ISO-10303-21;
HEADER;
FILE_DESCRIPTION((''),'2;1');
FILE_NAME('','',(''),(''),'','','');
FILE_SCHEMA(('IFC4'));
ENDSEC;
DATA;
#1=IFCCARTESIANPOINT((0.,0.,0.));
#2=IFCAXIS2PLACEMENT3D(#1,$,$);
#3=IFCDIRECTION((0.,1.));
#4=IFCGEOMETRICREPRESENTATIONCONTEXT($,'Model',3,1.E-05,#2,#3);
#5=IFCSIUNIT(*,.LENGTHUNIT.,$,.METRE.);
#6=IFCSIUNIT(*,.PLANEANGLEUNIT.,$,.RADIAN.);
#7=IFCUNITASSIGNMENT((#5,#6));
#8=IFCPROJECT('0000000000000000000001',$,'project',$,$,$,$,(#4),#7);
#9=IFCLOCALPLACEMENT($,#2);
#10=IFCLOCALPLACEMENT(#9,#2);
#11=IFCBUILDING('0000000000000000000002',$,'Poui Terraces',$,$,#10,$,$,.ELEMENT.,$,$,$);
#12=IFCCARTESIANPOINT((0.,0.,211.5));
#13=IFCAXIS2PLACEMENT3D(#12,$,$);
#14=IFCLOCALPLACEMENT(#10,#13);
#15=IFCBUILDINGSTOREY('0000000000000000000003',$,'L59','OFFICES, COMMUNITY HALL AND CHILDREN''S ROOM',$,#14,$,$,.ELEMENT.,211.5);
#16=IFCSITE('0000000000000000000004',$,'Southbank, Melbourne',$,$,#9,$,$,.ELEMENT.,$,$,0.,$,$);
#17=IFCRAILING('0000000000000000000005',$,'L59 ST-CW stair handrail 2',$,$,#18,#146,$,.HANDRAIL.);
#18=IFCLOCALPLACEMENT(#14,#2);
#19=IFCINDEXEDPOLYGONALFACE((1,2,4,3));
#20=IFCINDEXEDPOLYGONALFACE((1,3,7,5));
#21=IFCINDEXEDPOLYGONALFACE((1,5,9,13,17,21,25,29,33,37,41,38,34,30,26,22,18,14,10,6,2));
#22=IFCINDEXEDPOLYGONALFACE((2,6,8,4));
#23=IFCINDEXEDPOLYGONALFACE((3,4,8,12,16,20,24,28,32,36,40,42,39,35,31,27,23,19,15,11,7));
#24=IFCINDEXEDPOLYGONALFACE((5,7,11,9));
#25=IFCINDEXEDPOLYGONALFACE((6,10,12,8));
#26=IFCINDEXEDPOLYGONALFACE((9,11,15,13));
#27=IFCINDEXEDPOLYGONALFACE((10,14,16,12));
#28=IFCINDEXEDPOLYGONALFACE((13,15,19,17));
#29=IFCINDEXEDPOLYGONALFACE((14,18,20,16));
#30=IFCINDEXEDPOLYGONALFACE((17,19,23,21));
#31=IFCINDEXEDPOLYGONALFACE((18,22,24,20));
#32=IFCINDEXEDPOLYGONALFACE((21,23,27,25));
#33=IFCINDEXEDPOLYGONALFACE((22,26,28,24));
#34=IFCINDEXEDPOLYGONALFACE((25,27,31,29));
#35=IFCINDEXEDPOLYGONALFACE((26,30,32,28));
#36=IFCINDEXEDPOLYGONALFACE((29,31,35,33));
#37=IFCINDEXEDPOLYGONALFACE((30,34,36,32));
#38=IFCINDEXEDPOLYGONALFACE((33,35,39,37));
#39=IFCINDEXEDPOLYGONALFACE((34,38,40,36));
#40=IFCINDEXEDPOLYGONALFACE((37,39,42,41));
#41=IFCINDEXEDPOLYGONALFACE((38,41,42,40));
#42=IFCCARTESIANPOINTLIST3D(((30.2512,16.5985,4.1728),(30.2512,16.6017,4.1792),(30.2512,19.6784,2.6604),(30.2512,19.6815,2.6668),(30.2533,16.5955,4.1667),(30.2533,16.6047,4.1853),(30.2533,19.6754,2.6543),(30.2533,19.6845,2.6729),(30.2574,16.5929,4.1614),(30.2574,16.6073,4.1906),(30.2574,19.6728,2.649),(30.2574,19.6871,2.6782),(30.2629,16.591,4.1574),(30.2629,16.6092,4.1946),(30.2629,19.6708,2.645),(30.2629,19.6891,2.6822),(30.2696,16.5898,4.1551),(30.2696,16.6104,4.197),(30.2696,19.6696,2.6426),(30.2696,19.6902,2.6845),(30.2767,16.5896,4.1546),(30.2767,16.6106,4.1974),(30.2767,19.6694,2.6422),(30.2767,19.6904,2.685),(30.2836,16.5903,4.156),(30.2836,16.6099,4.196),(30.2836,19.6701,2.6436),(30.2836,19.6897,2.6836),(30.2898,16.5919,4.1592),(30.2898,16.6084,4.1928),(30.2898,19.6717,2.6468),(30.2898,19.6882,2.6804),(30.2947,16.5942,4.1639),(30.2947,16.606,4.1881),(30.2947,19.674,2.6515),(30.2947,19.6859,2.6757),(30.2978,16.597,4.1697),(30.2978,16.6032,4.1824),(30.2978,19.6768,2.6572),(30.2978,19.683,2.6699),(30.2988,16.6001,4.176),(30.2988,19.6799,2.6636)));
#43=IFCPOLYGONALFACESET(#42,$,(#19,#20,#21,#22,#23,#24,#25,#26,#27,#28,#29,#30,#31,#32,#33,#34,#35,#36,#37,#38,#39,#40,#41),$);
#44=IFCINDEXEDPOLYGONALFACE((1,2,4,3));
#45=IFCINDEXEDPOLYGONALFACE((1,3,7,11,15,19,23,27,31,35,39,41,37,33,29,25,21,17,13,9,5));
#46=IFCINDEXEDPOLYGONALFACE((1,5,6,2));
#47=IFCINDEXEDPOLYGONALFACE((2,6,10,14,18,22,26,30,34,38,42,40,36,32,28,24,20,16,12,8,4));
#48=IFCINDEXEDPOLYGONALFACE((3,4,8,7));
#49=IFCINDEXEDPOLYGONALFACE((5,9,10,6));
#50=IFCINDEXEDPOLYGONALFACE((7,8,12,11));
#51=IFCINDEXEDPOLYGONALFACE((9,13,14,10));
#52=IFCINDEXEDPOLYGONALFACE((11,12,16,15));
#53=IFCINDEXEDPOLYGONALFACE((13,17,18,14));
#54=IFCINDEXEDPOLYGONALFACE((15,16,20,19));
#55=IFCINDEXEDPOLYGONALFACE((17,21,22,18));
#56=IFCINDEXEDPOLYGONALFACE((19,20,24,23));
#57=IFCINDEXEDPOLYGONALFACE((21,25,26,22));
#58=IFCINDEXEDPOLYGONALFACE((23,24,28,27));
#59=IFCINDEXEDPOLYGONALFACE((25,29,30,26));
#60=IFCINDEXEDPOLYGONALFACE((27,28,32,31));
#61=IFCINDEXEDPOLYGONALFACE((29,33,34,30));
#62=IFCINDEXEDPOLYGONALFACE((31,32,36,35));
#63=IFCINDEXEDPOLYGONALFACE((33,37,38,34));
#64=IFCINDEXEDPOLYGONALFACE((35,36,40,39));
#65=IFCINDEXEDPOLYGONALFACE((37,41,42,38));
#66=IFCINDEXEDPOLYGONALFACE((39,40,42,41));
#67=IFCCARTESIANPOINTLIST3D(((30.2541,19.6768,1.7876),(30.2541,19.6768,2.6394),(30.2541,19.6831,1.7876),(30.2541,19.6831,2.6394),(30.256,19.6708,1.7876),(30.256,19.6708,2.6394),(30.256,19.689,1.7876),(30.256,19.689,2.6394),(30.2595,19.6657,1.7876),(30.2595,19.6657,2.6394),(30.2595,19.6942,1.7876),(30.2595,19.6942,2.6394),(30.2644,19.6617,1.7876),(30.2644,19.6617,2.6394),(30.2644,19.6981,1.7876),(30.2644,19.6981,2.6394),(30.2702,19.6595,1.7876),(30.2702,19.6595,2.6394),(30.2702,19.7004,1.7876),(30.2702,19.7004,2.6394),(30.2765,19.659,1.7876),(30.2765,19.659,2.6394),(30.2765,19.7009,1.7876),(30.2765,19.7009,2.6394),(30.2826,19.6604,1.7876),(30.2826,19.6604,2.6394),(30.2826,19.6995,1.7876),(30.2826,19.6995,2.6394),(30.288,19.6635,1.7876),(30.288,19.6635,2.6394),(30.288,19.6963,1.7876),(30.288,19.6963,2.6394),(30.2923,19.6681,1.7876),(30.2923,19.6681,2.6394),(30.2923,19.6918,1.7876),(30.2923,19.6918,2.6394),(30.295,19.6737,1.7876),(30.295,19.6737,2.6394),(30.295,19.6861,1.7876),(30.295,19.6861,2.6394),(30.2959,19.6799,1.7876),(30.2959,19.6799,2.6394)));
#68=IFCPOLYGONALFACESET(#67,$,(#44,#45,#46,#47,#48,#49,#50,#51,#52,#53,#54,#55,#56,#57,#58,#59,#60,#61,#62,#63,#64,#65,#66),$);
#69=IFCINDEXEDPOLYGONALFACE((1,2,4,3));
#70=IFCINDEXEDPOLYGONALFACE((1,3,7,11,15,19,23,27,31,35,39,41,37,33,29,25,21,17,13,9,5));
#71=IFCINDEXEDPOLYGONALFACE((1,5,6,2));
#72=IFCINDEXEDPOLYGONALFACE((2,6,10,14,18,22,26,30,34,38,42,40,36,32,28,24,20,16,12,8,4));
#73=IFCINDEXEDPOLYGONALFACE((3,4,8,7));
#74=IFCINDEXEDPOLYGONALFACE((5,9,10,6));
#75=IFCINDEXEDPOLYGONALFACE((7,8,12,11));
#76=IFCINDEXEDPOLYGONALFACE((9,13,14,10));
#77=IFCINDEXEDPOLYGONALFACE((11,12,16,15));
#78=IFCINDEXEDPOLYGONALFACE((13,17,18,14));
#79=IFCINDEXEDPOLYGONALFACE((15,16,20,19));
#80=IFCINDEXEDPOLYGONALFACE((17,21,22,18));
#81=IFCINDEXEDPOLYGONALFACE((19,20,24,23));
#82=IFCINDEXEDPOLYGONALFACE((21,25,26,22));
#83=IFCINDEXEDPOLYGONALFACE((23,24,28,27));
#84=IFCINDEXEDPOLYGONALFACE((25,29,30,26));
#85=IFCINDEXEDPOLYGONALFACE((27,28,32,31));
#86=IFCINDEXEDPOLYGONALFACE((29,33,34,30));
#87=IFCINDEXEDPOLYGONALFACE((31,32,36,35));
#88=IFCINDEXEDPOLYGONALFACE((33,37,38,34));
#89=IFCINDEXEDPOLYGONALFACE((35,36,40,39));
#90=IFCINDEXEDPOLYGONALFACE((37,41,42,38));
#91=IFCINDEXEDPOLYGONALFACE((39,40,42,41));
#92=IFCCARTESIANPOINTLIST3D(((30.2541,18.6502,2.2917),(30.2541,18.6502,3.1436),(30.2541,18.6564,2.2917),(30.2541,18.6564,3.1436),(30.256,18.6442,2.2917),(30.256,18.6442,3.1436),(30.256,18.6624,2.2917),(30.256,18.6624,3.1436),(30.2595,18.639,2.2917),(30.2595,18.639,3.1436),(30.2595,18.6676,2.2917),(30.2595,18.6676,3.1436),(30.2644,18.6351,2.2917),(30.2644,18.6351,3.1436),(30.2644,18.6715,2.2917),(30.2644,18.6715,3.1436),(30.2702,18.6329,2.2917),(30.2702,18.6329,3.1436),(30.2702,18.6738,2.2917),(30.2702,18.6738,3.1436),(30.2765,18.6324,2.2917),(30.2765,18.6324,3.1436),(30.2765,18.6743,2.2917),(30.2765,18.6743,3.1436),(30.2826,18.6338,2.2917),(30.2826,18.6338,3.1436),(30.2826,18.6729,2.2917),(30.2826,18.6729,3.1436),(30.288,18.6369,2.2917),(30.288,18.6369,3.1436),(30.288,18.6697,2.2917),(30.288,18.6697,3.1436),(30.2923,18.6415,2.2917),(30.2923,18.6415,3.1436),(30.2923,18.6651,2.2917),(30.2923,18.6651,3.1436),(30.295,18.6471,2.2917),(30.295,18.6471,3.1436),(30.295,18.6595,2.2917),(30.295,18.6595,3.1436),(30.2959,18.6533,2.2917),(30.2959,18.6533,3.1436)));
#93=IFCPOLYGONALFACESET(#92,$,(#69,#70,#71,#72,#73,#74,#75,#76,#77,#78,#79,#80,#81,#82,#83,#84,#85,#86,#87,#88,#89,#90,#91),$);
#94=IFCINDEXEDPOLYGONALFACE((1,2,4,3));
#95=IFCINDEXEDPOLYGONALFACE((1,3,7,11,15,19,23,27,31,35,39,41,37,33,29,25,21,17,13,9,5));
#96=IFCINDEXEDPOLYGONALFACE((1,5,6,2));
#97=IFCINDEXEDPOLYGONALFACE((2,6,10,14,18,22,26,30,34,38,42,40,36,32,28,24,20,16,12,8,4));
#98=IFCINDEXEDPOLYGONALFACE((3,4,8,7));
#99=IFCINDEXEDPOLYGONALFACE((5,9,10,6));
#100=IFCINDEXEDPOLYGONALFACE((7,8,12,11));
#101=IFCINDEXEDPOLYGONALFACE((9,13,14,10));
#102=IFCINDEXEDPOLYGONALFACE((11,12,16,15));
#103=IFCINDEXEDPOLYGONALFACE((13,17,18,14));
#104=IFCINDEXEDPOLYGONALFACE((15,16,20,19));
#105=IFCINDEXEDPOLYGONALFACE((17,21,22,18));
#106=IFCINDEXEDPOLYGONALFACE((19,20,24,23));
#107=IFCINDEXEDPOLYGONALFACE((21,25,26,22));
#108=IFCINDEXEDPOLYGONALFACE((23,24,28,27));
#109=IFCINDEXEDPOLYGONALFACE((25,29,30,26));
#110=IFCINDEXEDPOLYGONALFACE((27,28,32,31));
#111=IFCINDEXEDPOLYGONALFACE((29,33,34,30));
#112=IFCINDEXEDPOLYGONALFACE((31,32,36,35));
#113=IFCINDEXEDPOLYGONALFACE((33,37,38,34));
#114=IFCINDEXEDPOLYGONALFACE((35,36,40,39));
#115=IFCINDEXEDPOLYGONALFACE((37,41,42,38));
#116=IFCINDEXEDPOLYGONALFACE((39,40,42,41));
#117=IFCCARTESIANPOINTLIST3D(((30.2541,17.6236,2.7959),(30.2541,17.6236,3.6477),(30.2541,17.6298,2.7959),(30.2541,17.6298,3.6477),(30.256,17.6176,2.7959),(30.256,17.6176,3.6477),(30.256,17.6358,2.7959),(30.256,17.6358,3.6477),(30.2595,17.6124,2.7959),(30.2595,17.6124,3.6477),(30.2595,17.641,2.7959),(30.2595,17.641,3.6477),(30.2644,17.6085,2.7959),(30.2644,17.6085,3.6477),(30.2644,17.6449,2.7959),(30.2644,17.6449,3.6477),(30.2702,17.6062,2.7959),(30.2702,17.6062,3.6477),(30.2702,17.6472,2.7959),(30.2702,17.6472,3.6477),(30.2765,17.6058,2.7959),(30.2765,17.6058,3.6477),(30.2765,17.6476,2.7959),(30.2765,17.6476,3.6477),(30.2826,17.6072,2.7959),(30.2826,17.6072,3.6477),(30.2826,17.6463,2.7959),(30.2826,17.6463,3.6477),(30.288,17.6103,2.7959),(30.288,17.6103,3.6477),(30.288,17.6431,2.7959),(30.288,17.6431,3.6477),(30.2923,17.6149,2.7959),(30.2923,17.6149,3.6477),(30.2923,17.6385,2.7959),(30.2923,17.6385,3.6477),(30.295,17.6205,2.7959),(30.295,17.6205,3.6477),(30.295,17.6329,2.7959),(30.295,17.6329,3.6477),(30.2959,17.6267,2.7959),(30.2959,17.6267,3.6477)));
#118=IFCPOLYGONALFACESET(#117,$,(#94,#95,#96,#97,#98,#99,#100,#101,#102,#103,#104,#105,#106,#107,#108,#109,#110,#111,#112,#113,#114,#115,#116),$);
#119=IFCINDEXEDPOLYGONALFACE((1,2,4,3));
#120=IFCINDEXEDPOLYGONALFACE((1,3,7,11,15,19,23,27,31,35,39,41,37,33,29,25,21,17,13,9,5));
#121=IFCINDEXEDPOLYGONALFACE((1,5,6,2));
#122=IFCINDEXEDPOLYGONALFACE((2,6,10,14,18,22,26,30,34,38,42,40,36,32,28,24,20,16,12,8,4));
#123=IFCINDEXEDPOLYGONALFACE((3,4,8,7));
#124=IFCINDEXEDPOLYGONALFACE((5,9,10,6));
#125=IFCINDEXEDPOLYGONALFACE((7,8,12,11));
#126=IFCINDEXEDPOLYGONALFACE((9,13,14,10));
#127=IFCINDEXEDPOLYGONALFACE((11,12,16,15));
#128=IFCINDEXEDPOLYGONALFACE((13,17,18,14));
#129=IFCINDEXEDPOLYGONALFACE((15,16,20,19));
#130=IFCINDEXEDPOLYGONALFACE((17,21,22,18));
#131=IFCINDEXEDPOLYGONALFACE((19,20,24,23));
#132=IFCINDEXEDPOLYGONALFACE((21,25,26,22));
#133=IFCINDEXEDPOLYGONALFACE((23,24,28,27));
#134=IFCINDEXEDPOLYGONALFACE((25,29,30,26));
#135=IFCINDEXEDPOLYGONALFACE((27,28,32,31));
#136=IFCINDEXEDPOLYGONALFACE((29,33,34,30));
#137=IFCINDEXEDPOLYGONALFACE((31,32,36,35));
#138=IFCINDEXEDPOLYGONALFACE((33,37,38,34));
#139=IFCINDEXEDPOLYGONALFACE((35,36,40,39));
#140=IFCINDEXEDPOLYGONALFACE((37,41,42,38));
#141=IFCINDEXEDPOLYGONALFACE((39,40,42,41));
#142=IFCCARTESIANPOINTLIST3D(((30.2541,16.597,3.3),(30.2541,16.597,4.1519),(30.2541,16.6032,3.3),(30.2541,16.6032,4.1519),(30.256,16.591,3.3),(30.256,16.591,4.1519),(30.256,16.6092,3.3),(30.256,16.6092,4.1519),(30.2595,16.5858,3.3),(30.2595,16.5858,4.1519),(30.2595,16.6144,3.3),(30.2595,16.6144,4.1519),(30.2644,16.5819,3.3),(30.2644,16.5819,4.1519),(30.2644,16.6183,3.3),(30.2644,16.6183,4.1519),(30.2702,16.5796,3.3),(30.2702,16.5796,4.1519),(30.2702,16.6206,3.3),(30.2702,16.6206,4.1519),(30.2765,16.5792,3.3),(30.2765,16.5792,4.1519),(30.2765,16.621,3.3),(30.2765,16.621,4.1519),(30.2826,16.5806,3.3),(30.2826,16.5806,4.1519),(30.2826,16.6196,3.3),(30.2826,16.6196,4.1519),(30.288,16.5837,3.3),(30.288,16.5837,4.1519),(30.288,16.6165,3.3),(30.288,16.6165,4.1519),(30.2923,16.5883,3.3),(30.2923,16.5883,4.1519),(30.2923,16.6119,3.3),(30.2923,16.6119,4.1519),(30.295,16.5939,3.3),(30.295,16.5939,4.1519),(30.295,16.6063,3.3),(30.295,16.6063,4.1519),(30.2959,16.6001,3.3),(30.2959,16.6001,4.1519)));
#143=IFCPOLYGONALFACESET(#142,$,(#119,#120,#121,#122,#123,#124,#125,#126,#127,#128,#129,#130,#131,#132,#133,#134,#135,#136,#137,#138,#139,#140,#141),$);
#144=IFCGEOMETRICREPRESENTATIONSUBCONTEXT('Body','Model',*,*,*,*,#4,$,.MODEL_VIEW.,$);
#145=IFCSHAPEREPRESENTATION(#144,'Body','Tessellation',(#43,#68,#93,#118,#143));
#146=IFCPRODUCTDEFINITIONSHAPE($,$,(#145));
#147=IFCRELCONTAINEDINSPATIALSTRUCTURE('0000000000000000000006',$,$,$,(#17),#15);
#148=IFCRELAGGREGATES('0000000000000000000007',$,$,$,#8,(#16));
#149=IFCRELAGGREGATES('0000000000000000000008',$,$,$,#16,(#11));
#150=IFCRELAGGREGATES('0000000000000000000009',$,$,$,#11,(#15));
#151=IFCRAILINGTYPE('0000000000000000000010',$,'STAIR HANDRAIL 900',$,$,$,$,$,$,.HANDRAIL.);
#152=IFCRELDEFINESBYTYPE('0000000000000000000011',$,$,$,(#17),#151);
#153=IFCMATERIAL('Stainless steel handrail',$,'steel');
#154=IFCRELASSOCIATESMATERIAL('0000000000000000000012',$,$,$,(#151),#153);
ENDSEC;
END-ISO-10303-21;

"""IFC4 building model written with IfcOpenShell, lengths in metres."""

from ifc_helpers import new_model, si_unit, direction, frame, origin, origin_2d, place, context, subcontext, project, spatial, circle, extrude, material, type_object, element, save


model = new_model("IFC4")

# Units and contexts
model_context = context("Model", 3, precision=1e-05, world=origin(), true_north=direction((0.0, 1.0)))
body_context = subcontext(model_context, "Body", "Model", "MODEL_VIEW")
ifc_project = project(units=[si_unit("LENGTHUNIT", "METRE"), si_unit("PLANEANGLEUNIT", "RADIAN")], contexts=[model_context])

# Site, building, storey
site_placement = place(None, origin())
site = spatial("IfcSite", under=ifc_project, at=site_placement, Name="Southbank, Melbourne", CompositionType="ELEMENT", RefElevation=0.0)
building_placement = place(site_placement, origin())
building = spatial("IfcBuilding", under=site, at=building_placement, Name="Poui Terraces", CompositionType="ELEMENT")
storey_placement = place(building_placement, frame((0.0, 0.0, 211.5)))
storey = spatial("IfcBuildingStorey", under=building, at=storey_placement, Name="L59", Description="OFFICES, COMMUNITY HALL AND CHILDREN'S ROOM", CompositionType="ELEMENT", Elevation=211.5)

# Railing
ifc_material_1 = material(Name="Stainless steel handrail", Category="steel")
railing_type_1 = type_object("IfcRailingType", Name="STAIR HANDRAIL 900", PredefinedType="HANDRAIL", material=ifc_material_1)
railing_1_placement = place(storey_placement, frame((30.2749, 19.6799, 1.7876)))
element("IfcRailing", 1, at=railing_1_placement, inside=storey, type_object=railing_type_1, Name="L59 ST-CW stair handrail 2", PredefinedType="HANDRAIL", context=body_context, shape_type="SweptSolid", body=[
    extrude(circle(Radius=0.0239, at=origin_2d()), frame((0.0, 0.0, 0.876), z_axis=(0.0, -0.897606, 0.440798), x_axis=(1.0, 0.0, 0.0)), (0.0, 0.0, 1.0), 3.4312),
    extrude(circle(Radius=0.021, at=origin_2d()), origin(), (0.0, 0.0, 1.0), 0.8518),
    extrude(circle(Radius=0.021, at=origin_2d()), frame((0.0, -1.0266, 0.5042)), (0.0, 0.0, 1.0), 0.8518),
    extrude(circle(Radius=0.021, at=origin_2d()), frame((0.0, -2.0532, 1.0083)), (0.0, 0.0, 1.0), 0.8518),
    extrude(circle(Radius=0.021, at=origin_2d()), frame((0.0, -3.0798, 1.5125)), (0.0, 0.0, 1.0), 0.8518),
])

save(model, "model.ifc")
